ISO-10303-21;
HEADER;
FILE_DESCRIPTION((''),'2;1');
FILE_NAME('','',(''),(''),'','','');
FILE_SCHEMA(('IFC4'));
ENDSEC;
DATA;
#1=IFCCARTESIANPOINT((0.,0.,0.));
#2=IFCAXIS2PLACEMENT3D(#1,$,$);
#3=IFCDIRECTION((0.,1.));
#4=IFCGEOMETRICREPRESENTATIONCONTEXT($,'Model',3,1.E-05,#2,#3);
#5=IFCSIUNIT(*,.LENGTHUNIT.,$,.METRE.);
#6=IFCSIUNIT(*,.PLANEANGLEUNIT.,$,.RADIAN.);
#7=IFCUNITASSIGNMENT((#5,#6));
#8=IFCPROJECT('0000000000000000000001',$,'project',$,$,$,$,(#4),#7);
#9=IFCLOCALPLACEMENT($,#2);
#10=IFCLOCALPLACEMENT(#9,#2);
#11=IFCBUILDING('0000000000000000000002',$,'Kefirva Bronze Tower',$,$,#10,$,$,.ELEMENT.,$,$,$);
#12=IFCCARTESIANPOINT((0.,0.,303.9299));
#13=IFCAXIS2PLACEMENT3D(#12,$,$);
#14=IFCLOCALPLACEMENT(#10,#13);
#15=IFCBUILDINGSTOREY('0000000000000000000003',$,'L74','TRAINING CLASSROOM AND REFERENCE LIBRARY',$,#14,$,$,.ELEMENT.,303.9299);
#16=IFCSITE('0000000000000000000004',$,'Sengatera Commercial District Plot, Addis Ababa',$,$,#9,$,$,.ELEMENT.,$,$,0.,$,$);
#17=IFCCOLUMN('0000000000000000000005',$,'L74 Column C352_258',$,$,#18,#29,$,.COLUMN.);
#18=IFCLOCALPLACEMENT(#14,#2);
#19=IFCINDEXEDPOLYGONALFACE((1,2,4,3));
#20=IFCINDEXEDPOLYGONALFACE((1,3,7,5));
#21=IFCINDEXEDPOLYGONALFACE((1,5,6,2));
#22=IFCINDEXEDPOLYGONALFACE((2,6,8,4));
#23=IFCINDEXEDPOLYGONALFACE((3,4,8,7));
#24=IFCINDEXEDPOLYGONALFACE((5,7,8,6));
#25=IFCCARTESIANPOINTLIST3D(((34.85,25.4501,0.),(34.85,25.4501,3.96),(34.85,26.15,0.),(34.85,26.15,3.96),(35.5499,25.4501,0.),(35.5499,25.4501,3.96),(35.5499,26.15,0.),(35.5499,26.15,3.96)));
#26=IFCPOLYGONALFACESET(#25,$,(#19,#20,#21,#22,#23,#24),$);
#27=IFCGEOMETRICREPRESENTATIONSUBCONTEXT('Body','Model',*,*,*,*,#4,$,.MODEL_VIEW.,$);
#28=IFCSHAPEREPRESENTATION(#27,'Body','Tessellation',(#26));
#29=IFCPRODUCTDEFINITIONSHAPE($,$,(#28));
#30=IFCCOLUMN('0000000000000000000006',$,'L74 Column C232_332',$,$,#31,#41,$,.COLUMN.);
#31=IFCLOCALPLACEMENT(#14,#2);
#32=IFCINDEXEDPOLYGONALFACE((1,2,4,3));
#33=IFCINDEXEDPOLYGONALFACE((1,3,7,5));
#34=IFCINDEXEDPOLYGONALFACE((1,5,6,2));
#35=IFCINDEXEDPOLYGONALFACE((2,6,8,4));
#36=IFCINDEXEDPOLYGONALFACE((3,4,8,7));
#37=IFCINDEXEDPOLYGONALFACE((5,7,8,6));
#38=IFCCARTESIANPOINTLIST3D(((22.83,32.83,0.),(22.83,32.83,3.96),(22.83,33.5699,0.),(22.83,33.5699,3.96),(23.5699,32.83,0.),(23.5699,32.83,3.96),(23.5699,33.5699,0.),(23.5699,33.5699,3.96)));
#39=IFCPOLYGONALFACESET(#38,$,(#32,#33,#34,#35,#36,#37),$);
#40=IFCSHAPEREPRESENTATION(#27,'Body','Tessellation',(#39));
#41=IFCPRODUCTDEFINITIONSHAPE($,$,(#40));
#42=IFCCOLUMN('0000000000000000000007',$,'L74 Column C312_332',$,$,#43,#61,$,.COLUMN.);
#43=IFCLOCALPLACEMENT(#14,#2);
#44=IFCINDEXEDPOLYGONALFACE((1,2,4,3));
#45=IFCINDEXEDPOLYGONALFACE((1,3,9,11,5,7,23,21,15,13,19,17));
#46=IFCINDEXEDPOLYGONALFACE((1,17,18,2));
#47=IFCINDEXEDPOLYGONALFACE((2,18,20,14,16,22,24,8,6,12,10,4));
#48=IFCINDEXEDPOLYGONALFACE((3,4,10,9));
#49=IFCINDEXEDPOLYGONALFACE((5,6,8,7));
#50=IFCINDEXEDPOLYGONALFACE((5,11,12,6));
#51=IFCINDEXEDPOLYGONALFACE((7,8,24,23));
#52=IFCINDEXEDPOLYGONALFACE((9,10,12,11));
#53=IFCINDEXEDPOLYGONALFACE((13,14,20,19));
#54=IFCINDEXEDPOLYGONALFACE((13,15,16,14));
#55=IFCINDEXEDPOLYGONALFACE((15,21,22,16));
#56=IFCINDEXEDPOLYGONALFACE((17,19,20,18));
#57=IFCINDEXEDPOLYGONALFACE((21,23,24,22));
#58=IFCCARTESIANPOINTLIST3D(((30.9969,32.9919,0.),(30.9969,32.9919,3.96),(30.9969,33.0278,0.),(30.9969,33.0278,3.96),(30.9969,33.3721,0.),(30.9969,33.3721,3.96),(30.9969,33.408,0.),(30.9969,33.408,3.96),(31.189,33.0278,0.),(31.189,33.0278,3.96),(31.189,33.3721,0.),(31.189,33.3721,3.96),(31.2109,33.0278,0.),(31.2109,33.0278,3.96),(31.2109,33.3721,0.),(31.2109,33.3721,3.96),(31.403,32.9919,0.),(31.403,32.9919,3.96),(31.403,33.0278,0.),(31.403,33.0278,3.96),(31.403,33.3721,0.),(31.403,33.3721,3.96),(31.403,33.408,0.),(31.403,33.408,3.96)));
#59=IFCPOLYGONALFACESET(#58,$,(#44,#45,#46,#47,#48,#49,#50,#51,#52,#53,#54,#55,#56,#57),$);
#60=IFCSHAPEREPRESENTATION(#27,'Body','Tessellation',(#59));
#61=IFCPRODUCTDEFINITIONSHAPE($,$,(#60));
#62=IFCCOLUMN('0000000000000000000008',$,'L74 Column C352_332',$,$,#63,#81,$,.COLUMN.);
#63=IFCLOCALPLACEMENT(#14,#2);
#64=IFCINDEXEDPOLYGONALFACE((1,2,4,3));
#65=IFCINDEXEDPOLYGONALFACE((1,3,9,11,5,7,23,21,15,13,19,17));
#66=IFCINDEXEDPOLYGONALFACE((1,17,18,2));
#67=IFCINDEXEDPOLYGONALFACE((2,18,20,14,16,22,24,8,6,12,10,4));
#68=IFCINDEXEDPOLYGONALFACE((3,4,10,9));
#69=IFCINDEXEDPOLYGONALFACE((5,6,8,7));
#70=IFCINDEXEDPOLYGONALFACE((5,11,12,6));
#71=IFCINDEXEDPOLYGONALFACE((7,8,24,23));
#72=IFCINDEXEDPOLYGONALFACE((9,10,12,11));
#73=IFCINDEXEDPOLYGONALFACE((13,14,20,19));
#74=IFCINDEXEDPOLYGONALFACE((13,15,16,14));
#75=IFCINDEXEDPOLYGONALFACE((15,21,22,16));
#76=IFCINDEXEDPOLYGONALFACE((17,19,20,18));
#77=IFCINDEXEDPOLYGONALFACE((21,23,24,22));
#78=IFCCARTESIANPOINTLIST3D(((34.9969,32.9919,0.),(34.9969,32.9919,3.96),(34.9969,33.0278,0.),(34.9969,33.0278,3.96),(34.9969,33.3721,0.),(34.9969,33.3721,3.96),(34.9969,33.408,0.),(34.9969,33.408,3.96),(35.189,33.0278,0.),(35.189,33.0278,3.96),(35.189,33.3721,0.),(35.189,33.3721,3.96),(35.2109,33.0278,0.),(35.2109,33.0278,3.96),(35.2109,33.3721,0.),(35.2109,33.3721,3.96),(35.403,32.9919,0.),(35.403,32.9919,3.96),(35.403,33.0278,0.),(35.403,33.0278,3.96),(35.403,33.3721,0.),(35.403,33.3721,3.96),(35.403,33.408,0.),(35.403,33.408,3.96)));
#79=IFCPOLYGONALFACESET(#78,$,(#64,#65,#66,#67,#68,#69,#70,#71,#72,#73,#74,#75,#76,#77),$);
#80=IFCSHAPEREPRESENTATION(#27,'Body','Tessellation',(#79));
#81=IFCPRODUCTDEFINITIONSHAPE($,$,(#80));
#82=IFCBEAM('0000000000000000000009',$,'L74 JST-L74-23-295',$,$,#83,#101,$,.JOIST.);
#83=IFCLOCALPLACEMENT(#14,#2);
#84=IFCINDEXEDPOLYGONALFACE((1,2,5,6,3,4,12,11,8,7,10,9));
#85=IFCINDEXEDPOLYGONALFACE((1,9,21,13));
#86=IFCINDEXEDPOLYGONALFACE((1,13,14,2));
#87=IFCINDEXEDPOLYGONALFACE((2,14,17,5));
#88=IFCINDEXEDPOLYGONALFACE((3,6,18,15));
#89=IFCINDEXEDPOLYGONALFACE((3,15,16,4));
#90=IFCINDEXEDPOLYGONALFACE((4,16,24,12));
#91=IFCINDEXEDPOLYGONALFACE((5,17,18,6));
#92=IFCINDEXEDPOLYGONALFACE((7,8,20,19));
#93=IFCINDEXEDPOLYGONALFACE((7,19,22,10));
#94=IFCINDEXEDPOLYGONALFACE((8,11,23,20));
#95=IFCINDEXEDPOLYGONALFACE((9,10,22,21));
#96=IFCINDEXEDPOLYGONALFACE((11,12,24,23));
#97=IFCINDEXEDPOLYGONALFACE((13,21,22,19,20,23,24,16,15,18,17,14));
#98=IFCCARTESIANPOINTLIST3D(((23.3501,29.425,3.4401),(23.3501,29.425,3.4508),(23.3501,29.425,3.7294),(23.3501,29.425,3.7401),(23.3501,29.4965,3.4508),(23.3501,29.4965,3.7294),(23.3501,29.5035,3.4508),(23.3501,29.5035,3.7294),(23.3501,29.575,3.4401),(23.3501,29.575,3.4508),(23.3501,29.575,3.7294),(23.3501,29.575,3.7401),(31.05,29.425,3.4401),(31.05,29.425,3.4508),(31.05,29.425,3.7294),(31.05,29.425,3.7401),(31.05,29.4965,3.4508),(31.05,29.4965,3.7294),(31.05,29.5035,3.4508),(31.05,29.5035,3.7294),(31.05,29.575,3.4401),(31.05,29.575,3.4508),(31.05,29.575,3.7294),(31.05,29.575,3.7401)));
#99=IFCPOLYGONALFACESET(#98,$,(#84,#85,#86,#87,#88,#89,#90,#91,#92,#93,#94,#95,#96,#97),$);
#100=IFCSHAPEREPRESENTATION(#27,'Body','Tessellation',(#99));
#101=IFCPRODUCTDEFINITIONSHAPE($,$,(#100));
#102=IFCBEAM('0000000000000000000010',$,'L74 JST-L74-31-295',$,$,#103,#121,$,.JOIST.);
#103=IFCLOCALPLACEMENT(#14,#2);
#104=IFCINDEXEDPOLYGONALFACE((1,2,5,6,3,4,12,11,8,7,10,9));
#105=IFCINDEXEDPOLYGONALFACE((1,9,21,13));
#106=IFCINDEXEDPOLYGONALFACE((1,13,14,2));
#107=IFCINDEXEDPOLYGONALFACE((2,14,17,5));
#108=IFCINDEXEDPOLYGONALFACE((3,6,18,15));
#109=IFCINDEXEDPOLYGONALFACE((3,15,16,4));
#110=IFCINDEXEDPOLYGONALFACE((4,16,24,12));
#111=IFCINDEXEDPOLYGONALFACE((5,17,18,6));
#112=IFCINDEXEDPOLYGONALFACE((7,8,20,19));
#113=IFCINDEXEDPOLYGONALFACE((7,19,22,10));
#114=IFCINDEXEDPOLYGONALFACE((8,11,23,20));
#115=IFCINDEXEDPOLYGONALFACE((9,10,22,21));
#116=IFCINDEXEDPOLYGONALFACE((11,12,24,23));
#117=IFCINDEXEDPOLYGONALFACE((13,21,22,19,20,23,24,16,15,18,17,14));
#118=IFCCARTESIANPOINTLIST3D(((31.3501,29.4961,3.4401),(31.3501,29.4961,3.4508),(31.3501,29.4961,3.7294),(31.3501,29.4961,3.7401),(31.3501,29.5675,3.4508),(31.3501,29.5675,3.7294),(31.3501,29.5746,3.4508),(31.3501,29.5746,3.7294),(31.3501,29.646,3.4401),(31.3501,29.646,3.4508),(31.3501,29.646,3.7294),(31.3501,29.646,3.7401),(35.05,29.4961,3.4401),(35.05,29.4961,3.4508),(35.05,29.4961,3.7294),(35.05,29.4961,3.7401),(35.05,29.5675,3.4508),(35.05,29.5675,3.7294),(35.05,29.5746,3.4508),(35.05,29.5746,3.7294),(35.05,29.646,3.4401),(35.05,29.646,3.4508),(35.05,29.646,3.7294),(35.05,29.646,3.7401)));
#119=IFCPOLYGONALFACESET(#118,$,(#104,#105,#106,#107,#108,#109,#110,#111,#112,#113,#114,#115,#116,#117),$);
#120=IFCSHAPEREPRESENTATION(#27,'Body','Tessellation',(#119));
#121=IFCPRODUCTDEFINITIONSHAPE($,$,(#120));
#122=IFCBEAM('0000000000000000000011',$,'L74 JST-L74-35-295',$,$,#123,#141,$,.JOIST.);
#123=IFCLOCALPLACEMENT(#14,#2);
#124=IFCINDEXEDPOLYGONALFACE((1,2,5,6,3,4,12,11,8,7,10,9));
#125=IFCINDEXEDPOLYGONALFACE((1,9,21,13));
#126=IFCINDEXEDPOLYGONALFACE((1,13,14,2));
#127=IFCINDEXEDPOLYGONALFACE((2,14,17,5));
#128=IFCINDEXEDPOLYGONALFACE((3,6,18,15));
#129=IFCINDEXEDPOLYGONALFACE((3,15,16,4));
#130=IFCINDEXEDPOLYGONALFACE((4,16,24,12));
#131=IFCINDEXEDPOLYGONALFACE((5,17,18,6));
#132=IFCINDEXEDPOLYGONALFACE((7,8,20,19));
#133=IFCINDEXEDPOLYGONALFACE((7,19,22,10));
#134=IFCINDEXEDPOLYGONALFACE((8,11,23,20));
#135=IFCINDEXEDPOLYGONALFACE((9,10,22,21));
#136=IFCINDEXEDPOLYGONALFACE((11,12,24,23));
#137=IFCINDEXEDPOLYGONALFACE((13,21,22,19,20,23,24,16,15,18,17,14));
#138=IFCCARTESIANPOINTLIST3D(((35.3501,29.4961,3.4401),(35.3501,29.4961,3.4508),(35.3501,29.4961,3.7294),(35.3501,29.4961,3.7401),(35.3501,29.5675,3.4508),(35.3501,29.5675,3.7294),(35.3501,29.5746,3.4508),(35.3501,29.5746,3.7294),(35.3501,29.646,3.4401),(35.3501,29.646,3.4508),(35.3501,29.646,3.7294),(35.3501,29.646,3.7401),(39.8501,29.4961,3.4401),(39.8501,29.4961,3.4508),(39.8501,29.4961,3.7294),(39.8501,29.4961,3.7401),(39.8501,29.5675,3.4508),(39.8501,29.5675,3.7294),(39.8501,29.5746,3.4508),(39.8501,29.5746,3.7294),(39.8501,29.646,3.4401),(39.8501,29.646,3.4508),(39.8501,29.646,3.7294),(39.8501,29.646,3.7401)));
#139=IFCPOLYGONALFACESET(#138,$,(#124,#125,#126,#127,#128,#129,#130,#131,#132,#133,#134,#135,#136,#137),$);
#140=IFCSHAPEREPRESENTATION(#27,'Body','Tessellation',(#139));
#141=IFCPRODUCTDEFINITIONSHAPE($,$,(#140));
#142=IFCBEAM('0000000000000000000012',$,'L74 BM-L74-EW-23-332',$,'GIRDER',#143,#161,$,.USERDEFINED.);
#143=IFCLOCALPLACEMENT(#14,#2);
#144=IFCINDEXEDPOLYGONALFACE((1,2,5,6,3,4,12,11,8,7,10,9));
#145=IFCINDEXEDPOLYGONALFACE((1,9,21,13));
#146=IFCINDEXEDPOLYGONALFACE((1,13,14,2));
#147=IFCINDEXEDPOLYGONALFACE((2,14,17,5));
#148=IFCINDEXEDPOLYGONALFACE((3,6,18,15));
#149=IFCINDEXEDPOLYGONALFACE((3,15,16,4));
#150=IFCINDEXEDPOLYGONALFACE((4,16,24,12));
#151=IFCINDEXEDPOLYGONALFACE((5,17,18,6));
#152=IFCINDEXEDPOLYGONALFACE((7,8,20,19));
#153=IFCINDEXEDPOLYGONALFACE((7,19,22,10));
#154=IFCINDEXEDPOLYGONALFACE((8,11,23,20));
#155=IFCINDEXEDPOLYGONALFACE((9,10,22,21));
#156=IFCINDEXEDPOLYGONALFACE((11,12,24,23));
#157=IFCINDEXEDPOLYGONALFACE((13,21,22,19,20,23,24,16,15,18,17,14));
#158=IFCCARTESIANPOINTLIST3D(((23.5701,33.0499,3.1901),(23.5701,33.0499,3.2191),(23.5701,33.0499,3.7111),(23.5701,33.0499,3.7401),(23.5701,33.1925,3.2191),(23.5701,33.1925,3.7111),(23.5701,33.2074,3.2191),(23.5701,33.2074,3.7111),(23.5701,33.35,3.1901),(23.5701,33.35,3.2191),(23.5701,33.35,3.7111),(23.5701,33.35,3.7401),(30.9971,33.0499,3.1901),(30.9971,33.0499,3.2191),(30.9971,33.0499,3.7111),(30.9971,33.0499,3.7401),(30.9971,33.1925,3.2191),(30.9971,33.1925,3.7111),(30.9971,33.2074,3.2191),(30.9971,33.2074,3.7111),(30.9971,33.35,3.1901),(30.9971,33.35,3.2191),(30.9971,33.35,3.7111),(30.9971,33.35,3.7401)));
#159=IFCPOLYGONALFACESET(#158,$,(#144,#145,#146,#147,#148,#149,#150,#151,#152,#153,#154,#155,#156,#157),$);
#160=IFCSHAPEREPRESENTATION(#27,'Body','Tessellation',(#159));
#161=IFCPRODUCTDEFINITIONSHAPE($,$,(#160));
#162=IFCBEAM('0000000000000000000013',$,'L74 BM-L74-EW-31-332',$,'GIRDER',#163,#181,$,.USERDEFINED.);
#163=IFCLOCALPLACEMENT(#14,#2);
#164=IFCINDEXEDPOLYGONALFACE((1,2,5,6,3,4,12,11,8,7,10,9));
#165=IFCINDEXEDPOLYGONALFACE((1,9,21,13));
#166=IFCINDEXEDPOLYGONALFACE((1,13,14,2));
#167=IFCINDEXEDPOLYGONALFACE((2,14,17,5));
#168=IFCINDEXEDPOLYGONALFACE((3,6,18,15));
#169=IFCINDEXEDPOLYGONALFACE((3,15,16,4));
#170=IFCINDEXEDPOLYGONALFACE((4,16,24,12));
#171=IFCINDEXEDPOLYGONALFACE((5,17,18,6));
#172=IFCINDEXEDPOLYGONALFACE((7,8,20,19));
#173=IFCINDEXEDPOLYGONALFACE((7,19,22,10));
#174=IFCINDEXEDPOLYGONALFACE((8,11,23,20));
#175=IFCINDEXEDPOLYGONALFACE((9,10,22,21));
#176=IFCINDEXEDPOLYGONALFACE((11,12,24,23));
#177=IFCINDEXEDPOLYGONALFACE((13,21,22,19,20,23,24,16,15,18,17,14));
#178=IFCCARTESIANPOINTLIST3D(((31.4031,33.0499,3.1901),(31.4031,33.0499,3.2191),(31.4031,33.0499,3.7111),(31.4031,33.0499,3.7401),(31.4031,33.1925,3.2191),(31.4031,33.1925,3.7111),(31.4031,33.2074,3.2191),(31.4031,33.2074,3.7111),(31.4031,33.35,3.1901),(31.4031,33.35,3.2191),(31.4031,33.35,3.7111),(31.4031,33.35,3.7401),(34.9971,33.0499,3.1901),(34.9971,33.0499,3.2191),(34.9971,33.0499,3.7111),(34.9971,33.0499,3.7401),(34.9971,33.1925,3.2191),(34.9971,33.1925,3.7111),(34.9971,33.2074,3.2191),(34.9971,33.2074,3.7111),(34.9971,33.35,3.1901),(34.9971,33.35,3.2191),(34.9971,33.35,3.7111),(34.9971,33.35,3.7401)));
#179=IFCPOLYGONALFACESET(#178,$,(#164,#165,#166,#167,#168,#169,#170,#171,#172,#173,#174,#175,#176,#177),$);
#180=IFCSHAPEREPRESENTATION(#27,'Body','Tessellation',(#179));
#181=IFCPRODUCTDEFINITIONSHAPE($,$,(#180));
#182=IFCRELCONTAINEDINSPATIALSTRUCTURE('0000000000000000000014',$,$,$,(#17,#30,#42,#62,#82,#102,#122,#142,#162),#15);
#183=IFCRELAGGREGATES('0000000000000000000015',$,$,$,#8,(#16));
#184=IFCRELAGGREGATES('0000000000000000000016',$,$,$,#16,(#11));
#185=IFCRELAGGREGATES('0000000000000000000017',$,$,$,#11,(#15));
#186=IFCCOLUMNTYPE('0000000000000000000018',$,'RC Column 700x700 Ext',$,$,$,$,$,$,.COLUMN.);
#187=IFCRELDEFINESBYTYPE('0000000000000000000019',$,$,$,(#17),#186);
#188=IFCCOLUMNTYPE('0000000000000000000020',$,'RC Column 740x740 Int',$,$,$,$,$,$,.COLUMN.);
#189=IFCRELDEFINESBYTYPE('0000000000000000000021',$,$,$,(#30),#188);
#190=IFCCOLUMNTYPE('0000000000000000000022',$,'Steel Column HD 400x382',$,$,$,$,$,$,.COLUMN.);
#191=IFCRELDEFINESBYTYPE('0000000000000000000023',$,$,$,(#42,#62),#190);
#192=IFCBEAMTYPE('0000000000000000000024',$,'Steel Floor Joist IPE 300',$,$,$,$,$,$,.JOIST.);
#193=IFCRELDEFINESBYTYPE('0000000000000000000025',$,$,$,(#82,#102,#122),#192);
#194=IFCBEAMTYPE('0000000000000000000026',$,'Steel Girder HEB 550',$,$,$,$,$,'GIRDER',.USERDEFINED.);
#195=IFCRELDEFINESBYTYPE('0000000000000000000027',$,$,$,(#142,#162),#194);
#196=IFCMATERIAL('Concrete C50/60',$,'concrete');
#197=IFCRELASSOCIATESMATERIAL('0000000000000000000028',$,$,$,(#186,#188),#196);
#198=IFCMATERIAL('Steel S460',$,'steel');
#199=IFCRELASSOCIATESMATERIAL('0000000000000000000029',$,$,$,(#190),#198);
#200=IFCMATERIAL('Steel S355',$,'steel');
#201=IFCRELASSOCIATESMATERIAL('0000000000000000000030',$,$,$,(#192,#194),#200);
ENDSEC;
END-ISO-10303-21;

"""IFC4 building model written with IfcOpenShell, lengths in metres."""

from ifc_helpers import new_model, si_unit, direction, frame, origin, origin_2d, place, context, subcontext, project, spatial, rectangle, i_section, extrude, material, material_profile, profile_set, type_object, element, save


model = new_model("IFC4")

# Units and contexts
model_context = context("Model", 3, precision=1e-05, world=origin(), true_north=direction((0.0, 1.0)))
body_context = subcontext(model_context, "Body", "Model", "MODEL_VIEW")
ifc_project = project(units=[si_unit("LENGTHUNIT", "METRE"), si_unit("PLANEANGLEUNIT", "RADIAN")], contexts=[model_context])

# Site, building, storey
site_placement = place(None, origin())
site = spatial("IfcSite", under=ifc_project, at=site_placement, Name="Sengatera Commercial District Plot, Addis Ababa", CompositionType="ELEMENT", RefElevation=0.0)
building_placement = place(site_placement, origin())
building = spatial("IfcBuilding", under=site, at=building_placement, Name="Kefirva Bronze Tower", CompositionType="ELEMENT")
storey_placement = place(building_placement, frame((0.0, 0.0, 303.9299)))
storey = spatial("IfcBuildingStorey", under=building, at=storey_placement, Name="L74", Description="TRAINING CLASSROOM AND REFERENCE LIBRARY", CompositionType="ELEMENT", Elevation=303.9299)

# Columns
ifc_material_1 = material(Name="Concrete C50/60", Category="concrete")
ifc_material_profile_1 = material_profile(ifc_material_1, rectangle(XDim=0.7, YDim=0.7, at=origin_2d()), Name="RC 700x700")
ifc_profile_set_1 = profile_set([ifc_material_profile_1], Name="Concrete C50/60")
column_type_1 = type_object("IfcColumnType", Name="RC Column 700x700 Ext", PredefinedType="COLUMN", material=ifc_profile_set_1)
column_1_placement = place(storey_placement, frame((35.2, 25.8, 0.0), z_axis=(0.0, 0.0, 1.0), x_axis=(1.0, 0.0, 0.0)))
element("IfcColumn", 1, at=column_1_placement, inside=storey, type_object=column_type_1, Name="L74 Column C352_258", PredefinedType="COLUMN", context=body_context, shape_type="SweptSolid", body=[
    extrude(rectangle(XDim=0.7, YDim=0.7, at=origin_2d()), origin(), (0.0, 0.0, 1.0), 3.96),
])
ifc_material_profile_2 = material_profile(ifc_material_1, rectangle(XDim=0.74, YDim=0.74, at=origin_2d()), Name="RC 740x740")
ifc_profile_set_2 = profile_set([ifc_material_profile_2], Name="Concrete C50/60")
column_type_2 = type_object("IfcColumnType", Name="RC Column 740x740 Int", PredefinedType="COLUMN", material=ifc_profile_set_2)
column_2_placement = place(storey_placement, frame((23.2, 33.2, 0.0), z_axis=(0.0, 0.0, 1.0), x_axis=(1.0, 0.0, 0.0)))
element("IfcColumn", 2, at=column_2_placement, inside=storey, type_object=column_type_2, Name="L74 Column C232_332", PredefinedType="COLUMN", context=body_context, shape_type="SweptSolid", body=[
    extrude(rectangle(XDim=0.74, YDim=0.74, at=origin_2d()), origin(), (0.0, 0.0, 1.0), 3.96),
])
ifc_material_2 = material(Name="Steel S460", Category="steel")
ifc_material_profile_3 = material_profile(ifc_material_2, i_section(OverallWidth=0.406, OverallDepth=0.416, WebThickness=0.022, FlangeThickness=0.0359, at=origin_2d()), Name="HD 400x382")
ifc_profile_set_3 = profile_set([ifc_material_profile_3], Name="Steel S460")
column_type_3 = type_object("IfcColumnType", Name="Steel Column HD 400x382", PredefinedType="COLUMN", material=ifc_profile_set_3)
for number, where, z_axis, x_axis, name in (
    (3, (31.2, 33.2, 0.0), (0.0, 0.0, 1.0), (1.0, 0.0, 0.0), "L74 Column C312_332"),
    (4, (35.2, 33.2, 0.0), (0.0, 0.0, 1.0), (1.0, 0.0, 0.0), "L74 Column C352_332"),
):
    element("IfcColumn", number, at=place(storey_placement, frame(where, z_axis=z_axis, x_axis=x_axis)), inside=storey, type_object=column_type_3, Name=name, PredefinedType="COLUMN", context=body_context, shape_type="SweptSolid", body=[
        extrude(i_section(OverallWidth=0.406, OverallDepth=0.416, WebThickness=0.022, FlangeThickness=0.0359, at=origin_2d()), origin(), (0.0, 0.0, 1.0), 3.96),
    ])

# Beams
ifc_material_3 = material(Name="Steel S355", Category="steel")
ifc_material_profile_4 = material_profile(ifc_material_3, i_section(OverallWidth=0.1499, OverallDepth=0.3, WebThickness=0.0071, FlangeThickness=0.0107, at=origin_2d()), Name="IPE 300")
ifc_profile_set_4 = profile_set([ifc_material_profile_4], Name="Steel S355")
beam_type_1 = type_object("IfcBeamType", Name="Steel Floor Joist IPE 300", PredefinedType="JOIST", material=ifc_profile_set_4)
beam_1_placement = place(storey_placement, frame((23.3501, 29.5, 3.5901), z_axis=(1.0, 0.0, 0.0), x_axis=(0.0, 1.0, 0.0)))
element("IfcBeam", 5, at=beam_1_placement, inside=storey, type_object=beam_type_1, Name="L74 JST-L74-23-295", PredefinedType="JOIST", context=body_context, shape_type="SweptSolid", body=[
    extrude(i_section(OverallWidth=0.1499, OverallDepth=0.3, WebThickness=0.0071, FlangeThickness=0.0107, at=origin_2d()), origin(), (0.0, 0.0, 1.0), 7.7),
])
beam_2_placement = place(storey_placement, frame((31.3501, 29.571, 3.5901), z_axis=(1.0, 0.0, 0.0), x_axis=(0.0, 1.0, 0.0)))
element("IfcBeam", 6, at=beam_2_placement, inside=storey, type_object=beam_type_1, Name="L74 JST-L74-31-295", PredefinedType="JOIST", context=body_context, shape_type="SweptSolid", body=[
    extrude(i_section(OverallWidth=0.1499, OverallDepth=0.3, WebThickness=0.0071, FlangeThickness=0.0107, at=origin_2d()), origin(), (0.0, 0.0, 1.0), 3.7),
])
beam_3_placement = place(storey_placement, frame((35.3501, 29.571, 3.5901), z_axis=(1.0, 0.0, 0.0), x_axis=(0.0, 1.0, 0.0)))
element("IfcBeam", 7, at=beam_3_placement, inside=storey, type_object=beam_type_1, Name="L74 JST-L74-35-295", PredefinedType="JOIST", context=body_context, shape_type="SweptSolid", body=[
    extrude(i_section(OverallWidth=0.1499, OverallDepth=0.3, WebThickness=0.0071, FlangeThickness=0.0107, at=origin_2d()), origin(), (0.0, 0.0, 1.0), 4.5),
])
ifc_material_profile_5 = material_profile(ifc_material_3, i_section(OverallWidth=0.3, OverallDepth=0.55, WebThickness=0.0149, FlangeThickness=0.0291, at=origin_2d()), Name="HEB 550")
ifc_profile_set_5 = profile_set([ifc_material_profile_5], Name="Steel S355")
beam_type_2 = type_object("IfcBeamType", Name="Steel Girder HEB 550", ElementType="GIRDER", PredefinedType="USERDEFINED", material=ifc_profile_set_5)
beam_4_placement = place(storey_placement, frame((23.5701, 33.2, 3.4651), z_axis=(1.0, 0.0, 0.0), x_axis=(0.0, 1.0, 0.0)))
element("IfcBeam", 8, at=beam_4_placement, inside=storey, type_object=beam_type_2, Name="L74 BM-L74-EW-23-332", ObjectType="GIRDER", PredefinedType="USERDEFINED", context=body_context, shape_type="SweptSolid", body=[
    extrude(i_section(OverallWidth=0.3, OverallDepth=0.55, WebThickness=0.0149, FlangeThickness=0.0291, at=origin_2d()), origin(), (0.0, 0.0, 1.0), 7.427),
])
beam_5_placement = place(storey_placement, frame((31.4031, 33.2, 3.4651), z_axis=(1.0, 0.0, 0.0), x_axis=(0.0, 1.0, 0.0)))
element("IfcBeam", 9, at=beam_5_placement, inside=storey, type_object=beam_type_2, Name="L74 BM-L74-EW-31-332", ObjectType="GIRDER", PredefinedType="USERDEFINED", context=body_context, shape_type="SweptSolid", body=[
    extrude(i_section(OverallWidth=0.3, OverallDepth=0.55, WebThickness=0.0149, FlangeThickness=0.0291, at=origin_2d()), origin(), (0.0, 0.0, 1.0), 3.594),
])

save(model, "model.ifc")
